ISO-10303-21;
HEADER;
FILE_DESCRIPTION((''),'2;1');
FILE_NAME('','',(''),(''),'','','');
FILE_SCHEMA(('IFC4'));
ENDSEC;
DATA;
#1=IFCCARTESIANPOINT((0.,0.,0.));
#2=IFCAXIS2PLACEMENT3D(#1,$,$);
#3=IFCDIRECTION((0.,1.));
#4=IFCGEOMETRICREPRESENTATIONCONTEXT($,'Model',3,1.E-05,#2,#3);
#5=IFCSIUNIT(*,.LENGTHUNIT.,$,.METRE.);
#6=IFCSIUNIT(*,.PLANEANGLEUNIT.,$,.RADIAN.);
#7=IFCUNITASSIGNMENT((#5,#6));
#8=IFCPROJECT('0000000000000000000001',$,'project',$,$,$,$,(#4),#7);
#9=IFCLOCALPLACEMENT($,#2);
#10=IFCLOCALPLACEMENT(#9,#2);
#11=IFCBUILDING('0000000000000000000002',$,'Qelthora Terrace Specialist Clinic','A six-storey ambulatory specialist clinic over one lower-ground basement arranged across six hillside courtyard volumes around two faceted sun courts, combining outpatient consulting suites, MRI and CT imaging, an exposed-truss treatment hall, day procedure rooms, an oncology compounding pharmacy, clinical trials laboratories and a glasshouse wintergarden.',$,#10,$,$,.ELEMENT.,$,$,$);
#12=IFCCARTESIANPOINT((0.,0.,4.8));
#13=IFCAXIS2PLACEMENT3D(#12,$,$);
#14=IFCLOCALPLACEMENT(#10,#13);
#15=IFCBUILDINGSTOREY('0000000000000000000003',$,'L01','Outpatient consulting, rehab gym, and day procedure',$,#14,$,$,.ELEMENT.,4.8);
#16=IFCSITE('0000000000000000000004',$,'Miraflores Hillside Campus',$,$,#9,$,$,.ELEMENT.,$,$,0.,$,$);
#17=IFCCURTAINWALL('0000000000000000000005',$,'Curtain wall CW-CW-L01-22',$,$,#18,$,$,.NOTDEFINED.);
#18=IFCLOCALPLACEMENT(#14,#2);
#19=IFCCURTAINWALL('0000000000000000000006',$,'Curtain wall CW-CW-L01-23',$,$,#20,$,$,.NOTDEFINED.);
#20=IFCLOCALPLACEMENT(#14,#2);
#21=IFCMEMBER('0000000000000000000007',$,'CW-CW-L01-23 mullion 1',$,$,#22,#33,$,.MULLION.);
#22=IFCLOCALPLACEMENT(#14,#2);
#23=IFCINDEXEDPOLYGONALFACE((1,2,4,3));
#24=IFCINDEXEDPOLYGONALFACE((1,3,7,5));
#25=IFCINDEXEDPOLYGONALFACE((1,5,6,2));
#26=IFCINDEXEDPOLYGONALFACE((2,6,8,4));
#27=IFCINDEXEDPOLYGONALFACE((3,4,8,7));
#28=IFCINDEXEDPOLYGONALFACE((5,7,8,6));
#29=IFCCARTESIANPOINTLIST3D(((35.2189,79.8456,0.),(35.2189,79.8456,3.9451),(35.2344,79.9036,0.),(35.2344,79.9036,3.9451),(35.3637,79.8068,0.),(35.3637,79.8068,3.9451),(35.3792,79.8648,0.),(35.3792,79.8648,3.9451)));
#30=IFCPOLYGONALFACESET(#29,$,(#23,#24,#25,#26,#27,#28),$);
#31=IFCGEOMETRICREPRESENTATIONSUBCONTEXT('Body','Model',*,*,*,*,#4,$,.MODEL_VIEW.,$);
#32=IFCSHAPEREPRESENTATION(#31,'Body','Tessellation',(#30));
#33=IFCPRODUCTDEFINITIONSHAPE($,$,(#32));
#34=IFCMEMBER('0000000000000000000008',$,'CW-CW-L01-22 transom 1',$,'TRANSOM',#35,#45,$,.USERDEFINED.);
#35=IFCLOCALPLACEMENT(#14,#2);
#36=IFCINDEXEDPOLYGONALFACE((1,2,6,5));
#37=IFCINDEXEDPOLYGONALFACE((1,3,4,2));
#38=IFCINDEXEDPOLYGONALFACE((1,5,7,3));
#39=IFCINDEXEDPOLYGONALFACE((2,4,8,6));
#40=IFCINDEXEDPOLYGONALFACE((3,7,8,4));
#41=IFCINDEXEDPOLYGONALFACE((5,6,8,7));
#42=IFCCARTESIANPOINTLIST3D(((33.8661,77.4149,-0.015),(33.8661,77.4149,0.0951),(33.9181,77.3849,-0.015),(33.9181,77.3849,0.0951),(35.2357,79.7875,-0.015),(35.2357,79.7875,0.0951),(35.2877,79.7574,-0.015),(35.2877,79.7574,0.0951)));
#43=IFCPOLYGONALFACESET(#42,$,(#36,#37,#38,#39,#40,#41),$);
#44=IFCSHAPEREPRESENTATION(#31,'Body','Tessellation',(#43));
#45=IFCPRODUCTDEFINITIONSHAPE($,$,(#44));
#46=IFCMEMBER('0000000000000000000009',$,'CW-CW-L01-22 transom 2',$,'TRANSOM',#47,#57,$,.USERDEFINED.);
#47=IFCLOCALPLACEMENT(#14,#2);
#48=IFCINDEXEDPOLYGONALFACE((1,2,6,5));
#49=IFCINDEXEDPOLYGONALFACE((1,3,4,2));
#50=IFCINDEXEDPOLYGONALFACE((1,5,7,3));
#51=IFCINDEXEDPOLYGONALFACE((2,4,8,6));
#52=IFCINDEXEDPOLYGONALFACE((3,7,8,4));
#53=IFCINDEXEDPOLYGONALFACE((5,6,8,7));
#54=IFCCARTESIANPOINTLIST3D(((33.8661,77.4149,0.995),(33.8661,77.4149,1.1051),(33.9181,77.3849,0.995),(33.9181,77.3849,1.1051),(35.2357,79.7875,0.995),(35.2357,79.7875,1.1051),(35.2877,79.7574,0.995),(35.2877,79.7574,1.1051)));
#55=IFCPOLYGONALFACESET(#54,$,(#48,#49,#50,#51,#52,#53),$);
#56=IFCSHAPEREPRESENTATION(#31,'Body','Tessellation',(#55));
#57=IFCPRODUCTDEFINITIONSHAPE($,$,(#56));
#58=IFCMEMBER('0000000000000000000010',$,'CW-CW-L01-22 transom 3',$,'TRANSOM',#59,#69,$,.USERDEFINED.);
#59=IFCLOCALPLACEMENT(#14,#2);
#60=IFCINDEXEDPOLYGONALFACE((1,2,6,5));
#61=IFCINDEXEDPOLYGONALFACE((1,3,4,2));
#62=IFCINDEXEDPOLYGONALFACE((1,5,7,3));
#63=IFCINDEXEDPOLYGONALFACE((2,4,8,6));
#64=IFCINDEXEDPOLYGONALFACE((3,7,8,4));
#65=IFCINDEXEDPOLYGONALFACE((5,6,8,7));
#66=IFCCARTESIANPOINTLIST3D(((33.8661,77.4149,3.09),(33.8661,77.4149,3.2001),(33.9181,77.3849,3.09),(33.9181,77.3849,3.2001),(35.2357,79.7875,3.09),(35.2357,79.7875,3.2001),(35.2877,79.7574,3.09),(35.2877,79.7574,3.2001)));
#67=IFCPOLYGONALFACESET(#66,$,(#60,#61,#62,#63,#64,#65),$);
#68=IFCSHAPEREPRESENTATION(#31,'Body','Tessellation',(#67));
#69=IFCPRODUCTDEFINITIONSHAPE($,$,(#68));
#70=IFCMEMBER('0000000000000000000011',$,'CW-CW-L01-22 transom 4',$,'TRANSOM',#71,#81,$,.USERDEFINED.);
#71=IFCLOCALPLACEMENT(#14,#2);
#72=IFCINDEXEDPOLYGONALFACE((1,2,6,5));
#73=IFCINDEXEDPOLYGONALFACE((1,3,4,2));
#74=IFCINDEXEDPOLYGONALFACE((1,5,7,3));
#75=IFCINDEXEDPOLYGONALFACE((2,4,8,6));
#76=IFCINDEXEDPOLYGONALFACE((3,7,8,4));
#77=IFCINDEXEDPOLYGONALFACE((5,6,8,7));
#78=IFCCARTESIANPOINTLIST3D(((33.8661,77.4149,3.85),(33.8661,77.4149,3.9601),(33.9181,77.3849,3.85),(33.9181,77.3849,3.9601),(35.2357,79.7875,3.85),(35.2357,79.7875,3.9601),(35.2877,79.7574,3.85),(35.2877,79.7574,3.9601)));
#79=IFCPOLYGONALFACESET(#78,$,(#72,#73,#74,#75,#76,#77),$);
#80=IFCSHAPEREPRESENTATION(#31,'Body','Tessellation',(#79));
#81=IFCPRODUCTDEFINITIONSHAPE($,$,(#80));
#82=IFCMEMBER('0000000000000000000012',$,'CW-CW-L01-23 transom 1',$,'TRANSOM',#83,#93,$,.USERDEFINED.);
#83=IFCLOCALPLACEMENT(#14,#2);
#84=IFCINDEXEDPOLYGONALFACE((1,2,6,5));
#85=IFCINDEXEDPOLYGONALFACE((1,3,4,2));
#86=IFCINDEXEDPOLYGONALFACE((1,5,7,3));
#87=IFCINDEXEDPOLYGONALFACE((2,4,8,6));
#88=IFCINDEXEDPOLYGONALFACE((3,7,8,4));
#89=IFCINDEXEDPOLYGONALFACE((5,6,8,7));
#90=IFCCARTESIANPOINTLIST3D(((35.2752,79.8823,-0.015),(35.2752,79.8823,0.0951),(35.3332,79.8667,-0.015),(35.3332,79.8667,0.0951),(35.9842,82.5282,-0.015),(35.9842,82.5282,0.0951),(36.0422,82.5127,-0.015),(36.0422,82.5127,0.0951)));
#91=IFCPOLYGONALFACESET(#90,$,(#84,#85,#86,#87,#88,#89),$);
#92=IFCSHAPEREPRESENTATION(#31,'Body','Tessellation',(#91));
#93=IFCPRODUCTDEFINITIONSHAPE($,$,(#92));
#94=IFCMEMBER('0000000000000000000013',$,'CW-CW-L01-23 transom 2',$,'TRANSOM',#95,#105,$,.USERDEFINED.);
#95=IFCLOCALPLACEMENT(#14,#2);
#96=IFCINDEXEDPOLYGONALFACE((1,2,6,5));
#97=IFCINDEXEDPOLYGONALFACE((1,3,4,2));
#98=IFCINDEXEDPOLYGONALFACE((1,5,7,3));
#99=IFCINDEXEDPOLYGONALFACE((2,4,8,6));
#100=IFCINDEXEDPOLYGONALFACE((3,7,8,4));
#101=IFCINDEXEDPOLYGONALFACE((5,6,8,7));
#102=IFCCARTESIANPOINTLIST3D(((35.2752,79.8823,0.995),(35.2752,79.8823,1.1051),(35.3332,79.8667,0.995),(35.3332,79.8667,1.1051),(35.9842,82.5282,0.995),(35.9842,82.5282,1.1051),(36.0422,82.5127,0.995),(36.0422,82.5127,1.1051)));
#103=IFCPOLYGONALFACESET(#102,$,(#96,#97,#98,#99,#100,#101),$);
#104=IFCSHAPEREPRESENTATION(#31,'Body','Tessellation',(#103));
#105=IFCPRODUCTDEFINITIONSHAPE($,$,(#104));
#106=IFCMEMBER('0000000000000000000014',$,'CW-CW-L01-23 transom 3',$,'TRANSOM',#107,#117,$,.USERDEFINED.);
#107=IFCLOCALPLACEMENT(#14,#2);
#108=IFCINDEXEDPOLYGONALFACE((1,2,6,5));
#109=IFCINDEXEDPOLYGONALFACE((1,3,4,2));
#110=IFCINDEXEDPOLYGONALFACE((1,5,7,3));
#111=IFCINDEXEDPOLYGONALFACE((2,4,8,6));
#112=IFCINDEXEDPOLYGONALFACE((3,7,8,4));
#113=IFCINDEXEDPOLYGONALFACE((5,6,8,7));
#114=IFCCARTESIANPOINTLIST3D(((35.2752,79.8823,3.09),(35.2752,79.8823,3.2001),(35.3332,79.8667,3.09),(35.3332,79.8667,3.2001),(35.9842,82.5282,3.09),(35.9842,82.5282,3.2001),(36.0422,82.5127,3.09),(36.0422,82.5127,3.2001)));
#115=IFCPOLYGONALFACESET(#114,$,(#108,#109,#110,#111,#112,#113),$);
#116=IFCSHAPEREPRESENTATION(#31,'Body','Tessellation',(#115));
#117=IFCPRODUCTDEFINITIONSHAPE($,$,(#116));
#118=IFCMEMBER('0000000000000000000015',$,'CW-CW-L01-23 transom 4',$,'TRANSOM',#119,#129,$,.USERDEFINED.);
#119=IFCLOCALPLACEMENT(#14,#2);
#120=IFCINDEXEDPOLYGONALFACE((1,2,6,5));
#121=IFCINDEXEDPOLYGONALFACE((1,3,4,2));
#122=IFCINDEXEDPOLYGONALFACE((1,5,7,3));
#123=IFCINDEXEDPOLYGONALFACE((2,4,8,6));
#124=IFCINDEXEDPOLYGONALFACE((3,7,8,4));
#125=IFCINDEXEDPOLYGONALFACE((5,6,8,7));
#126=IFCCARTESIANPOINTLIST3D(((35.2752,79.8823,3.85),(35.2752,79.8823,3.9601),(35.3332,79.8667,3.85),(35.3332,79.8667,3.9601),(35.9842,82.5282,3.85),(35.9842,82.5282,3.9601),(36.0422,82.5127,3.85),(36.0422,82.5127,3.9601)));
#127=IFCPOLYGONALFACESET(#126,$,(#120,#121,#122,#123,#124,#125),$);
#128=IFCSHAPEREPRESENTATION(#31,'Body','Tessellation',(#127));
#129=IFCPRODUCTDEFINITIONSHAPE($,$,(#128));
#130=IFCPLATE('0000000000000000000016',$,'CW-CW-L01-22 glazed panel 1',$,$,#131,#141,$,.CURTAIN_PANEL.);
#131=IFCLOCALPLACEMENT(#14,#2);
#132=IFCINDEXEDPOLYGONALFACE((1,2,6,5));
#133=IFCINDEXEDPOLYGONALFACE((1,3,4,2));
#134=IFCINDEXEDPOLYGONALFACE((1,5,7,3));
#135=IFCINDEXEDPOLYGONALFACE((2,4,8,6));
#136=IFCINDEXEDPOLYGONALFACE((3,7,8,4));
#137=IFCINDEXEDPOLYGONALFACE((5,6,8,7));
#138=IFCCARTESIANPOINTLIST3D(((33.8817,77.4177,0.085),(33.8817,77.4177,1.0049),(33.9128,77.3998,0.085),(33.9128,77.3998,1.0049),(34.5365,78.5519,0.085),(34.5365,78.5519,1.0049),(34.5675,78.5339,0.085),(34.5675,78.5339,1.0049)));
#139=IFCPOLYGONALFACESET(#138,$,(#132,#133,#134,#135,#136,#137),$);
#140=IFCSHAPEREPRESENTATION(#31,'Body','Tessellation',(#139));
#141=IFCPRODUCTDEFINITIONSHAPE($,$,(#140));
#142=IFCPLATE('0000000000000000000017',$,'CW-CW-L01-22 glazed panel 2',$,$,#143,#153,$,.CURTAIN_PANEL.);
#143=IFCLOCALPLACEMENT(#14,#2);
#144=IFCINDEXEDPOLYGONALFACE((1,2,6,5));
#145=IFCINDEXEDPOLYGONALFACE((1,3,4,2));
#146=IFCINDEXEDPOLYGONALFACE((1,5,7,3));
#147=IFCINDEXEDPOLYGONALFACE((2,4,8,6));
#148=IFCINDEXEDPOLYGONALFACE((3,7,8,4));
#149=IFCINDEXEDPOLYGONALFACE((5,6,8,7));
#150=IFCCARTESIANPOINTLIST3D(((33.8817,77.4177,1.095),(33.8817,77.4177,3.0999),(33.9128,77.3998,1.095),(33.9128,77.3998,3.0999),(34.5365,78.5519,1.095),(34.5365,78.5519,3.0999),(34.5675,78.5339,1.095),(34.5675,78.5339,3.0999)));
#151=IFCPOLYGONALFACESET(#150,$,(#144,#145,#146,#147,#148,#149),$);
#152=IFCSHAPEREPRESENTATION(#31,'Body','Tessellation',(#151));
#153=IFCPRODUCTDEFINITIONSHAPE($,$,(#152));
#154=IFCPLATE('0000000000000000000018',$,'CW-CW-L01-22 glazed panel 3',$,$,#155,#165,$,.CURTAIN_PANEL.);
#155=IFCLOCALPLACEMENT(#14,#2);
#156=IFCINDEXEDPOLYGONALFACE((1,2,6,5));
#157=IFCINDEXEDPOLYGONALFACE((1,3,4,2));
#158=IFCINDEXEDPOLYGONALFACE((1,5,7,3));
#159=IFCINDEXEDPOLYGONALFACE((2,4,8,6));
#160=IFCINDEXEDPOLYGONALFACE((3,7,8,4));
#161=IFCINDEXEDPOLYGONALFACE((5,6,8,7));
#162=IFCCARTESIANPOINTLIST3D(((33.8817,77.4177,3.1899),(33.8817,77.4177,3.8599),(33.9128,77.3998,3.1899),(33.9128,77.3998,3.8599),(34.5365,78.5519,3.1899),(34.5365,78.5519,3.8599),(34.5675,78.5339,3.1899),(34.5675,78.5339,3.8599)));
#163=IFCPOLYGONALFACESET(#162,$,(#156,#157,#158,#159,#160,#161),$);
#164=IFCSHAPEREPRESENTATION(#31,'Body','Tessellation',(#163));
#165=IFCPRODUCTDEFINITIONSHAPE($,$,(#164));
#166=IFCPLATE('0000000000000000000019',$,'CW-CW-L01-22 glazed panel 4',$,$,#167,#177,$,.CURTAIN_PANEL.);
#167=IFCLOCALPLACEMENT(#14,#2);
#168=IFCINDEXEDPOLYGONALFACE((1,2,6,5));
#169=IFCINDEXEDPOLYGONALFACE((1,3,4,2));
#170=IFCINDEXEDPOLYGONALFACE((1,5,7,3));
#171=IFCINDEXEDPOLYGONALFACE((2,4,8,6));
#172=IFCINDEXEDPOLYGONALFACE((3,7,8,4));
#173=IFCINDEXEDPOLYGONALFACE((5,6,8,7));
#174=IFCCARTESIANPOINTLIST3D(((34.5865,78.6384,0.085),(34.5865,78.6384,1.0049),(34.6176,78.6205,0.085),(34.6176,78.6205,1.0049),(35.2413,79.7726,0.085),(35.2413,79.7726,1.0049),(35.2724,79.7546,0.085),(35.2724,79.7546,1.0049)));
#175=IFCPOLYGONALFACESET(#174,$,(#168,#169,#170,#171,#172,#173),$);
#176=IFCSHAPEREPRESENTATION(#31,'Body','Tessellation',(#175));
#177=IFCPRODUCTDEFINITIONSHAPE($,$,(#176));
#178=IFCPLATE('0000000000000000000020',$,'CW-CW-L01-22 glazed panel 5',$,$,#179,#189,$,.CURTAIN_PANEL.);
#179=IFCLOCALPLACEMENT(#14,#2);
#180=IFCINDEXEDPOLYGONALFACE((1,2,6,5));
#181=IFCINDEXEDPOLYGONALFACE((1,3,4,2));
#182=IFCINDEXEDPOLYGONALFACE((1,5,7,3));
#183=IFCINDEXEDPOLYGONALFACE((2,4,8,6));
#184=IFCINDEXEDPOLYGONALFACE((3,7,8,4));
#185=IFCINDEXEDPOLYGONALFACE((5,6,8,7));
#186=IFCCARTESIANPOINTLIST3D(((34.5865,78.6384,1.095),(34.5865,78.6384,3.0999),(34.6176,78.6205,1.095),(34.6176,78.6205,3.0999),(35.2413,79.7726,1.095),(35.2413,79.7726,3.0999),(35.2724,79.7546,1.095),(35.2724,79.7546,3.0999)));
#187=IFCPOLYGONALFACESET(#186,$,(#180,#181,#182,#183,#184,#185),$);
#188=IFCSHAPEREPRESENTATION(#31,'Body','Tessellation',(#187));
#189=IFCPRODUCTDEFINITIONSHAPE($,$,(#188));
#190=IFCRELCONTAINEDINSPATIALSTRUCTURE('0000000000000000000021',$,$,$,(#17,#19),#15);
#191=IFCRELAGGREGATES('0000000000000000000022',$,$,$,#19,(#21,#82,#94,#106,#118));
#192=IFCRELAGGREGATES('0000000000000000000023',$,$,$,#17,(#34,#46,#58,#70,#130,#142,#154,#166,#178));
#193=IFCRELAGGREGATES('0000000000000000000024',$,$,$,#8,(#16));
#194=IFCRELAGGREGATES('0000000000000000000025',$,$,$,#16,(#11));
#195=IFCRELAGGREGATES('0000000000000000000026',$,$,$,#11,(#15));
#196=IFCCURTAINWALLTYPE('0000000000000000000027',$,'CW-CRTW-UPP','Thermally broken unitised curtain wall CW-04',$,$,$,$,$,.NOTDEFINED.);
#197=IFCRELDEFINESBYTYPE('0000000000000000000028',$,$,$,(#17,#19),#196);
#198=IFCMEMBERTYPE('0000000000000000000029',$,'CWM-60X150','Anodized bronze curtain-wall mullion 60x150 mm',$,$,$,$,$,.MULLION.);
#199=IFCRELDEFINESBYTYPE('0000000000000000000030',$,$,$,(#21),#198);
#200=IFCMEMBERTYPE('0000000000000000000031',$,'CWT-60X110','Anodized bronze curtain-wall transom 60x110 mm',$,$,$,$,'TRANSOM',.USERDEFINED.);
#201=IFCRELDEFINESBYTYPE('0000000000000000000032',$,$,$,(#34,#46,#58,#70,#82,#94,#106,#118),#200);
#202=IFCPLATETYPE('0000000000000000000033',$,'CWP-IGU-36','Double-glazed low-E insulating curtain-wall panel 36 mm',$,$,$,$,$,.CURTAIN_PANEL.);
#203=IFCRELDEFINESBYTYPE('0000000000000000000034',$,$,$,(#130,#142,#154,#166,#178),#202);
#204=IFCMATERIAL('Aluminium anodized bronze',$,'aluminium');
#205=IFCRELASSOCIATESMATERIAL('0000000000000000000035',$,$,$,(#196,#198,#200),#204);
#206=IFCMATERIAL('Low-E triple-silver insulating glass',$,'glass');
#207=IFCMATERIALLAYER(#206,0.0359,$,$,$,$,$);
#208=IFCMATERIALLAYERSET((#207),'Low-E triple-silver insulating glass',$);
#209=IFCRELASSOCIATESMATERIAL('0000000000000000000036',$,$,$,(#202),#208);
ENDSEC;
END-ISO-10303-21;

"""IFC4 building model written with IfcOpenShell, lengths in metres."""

from ifc_helpers import new_model, si_unit, direction, frame, origin, origin_2d, place, context, subcontext, project, spatial, rectangle, extrude, material, layer, layer_set, material_profile, profile_set, type_object, element, aggregate, save


model = new_model("IFC4")

# Units and contexts
model_context = context("Model", 3, precision=1e-05, world=origin(), true_north=direction((0.0, 1.0)))
body_context = subcontext(model_context, "Body", "Model", "MODEL_VIEW")
ifc_project = project(units=[si_unit("LENGTHUNIT", "METRE"), si_unit("PLANEANGLEUNIT", "RADIAN")], contexts=[model_context])

# Site, building, storey
site_placement = place(None, origin())
site = spatial("IfcSite", under=ifc_project, at=site_placement, Name="Miraflores Hillside Campus", CompositionType="ELEMENT", RefElevation=0.0)
building_placement = place(site_placement, origin())
building = spatial("IfcBuilding", under=site, at=building_placement, Name="Qelthora Terrace Specialist Clinic", Description="A six-storey ambulatory specialist clinic over one lower-ground basement arranged across six hillside courtyard volumes around two faceted sun courts, combining outpatient consulting suites, MRI and CT imaging, an exposed-truss treatment hall, day procedure rooms, an oncology compounding pharmacy, clinical trials laboratories and a glasshouse wintergarden.", CompositionType="ELEMENT")
storey_placement = place(building_placement, frame((0.0, 0.0, 4.8)))
storey = spatial("IfcBuildingStorey", under=building, at=storey_placement, Name="L01", Description="Outpatient consulting, rehab gym, and day procedure", CompositionType="ELEMENT", Elevation=4.8)

# Shared definitions
ifc_material_1 = material(Name="Aluminium anodized bronze", Category="aluminium")
curtain_wall_type = type_object("IfcCurtainWallType", Name="CW-CRTW-UPP", Description="Thermally broken unitised curtain wall CW-04", PredefinedType="NOTDEFINED", material=ifc_material_1)
ifc_material_profile_1 = material_profile(ifc_material_1, rectangle(XDim=0.0601, YDim=0.1499, at=origin_2d()), Name="CWM60X150")
ifc_profile_set_1 = profile_set([ifc_material_profile_1], Name="Aluminium anodized bronze")
member_type_1 = type_object("IfcMemberType", Name="CWM-60X150", Description="Anodized bronze curtain-wall mullion 60x150 mm", PredefinedType="MULLION", material=ifc_profile_set_1)

# Curtain wall
curtain_wall_1_placement = place(storey_placement, origin())
curtain_wall_1 = element("IfcCurtainWall", 1, at=curtain_wall_1_placement, inside=storey, type_object=curtain_wall_type, Name="Curtain wall CW-CW-L01-22", PredefinedType="NOTDEFINED")

# Curtain wall, member
curtain_wall_2_placement = place(storey_placement, origin())
curtain_wall_2 = element("IfcCurtainWall", 2, at=curtain_wall_2_placement, inside=storey, type_object=curtain_wall_type, Name="Curtain wall CW-CW-L01-23", PredefinedType="NOTDEFINED")
member_1_placement = place(storey_placement, frame((35.2991, 79.8552, 0.0), z_axis=(0.0, 0.0, 1.0), x_axis=(0.25882, 0.965925, 0.0)))
member_1 = element("IfcMember", 3, at=member_1_placement, type_object=member_type_1, Name="CW-CW-L01-23 mullion 1", PredefinedType="MULLION", context=body_context, shape_type="SweptSolid", body=[
    extrude(rectangle(XDim=0.0601, YDim=0.1499, at=origin_2d()), origin(), (0.0, 0.0, 1.0), 3.9451),
])

# Members
ifc_material_profile_2 = material_profile(ifc_material_1, rectangle(XDim=0.0601, YDim=0.1101, at=origin_2d()), Name="CWT60X110")
ifc_profile_set_2 = profile_set([ifc_material_profile_2], Name="Aluminium anodized bronze")
member_type_2 = type_object("IfcMemberType", Name="CWT-60X110", Description="Anodized bronze curtain-wall transom 60x110 mm", ElementType="TRANSOM", PredefinedType="USERDEFINED", material=ifc_profile_set_2)
member_2_placement = place(storey_placement, frame((33.8921, 77.3999, 0.04), z_axis=(0.499954, 0.866052, 0.0), x_axis=(-0.866052, 0.499954, 0.0)))
member_2 = element("IfcMember", 4, at=member_2_placement, type_object=member_type_2, Name="CW-CW-L01-22 transom 1", ObjectType="TRANSOM", PredefinedType="USERDEFINED", context=body_context, shape_type="SweptSolid", body=[
    extrude(rectangle(XDim=0.0601, YDim=0.1101, at=origin_2d()), origin(), (0.0, 0.0, 1.0), 2.7395),
])
member_3_placement = place(storey_placement, frame((33.8921, 77.3999, 1.05), z_axis=(0.499954, 0.866052, 0.0), x_axis=(-0.866052, 0.499954, 0.0)))
member_3 = element("IfcMember", 5, at=member_3_placement, type_object=member_type_2, Name="CW-CW-L01-22 transom 2", ObjectType="TRANSOM", PredefinedType="USERDEFINED", context=body_context, shape_type="SweptSolid", body=[
    extrude(rectangle(XDim=0.0601, YDim=0.1101, at=origin_2d()), origin(), (0.0, 0.0, 1.0), 2.7395),
])
member_4_placement = place(storey_placement, frame((33.8921, 77.3999, 3.145), z_axis=(0.499954, 0.866052, 0.0), x_axis=(-0.866052, 0.499954, 0.0)))
member_4 = element("IfcMember", 6, at=member_4_placement, type_object=member_type_2, Name="CW-CW-L01-22 transom 3", ObjectType="TRANSOM", PredefinedType="USERDEFINED", context=body_context, shape_type="SweptSolid", body=[
    extrude(rectangle(XDim=0.0601, YDim=0.1101, at=origin_2d()), origin(), (0.0, 0.0, 1.0), 2.7395),
])
member_5_placement = place(storey_placement, frame((33.8921, 77.3999, 3.905), z_axis=(0.499954, 0.866052, 0.0), x_axis=(-0.866052, 0.499954, 0.0)))
member_5 = element("IfcMember", 7, at=member_5_placement, type_object=member_type_2, Name="CW-CW-L01-22 transom 4", ObjectType="TRANSOM", PredefinedType="USERDEFINED", context=body_context, shape_type="SweptSolid", body=[
    extrude(rectangle(XDim=0.0601, YDim=0.1101, at=origin_2d()), origin(), (0.0, 0.0, 1.0), 2.7395),
])
member_6_placement = place(storey_placement, frame((35.3042, 79.8745, 0.04), z_axis=(0.258816, 0.965927, 0.0), x_axis=(-0.965927, 0.258816, 0.0)))
member_6 = element("IfcMember", 8, at=member_6_placement, type_object=member_type_2, Name="CW-CW-L01-23 transom 1", ObjectType="TRANSOM", PredefinedType="USERDEFINED", context=body_context, shape_type="SweptSolid", body=[
    extrude(rectangle(XDim=0.0601, YDim=0.1101, at=origin_2d()), origin(), (0.0, 0.0, 1.0), 2.7393),
])
member_7_placement = place(storey_placement, frame((35.3042, 79.8745, 1.05), z_axis=(0.258816, 0.965927, 0.0), x_axis=(-0.965927, 0.258816, 0.0)))
member_7 = element("IfcMember", 9, at=member_7_placement, type_object=member_type_2, Name="CW-CW-L01-23 transom 2", ObjectType="TRANSOM", PredefinedType="USERDEFINED", context=body_context, shape_type="SweptSolid", body=[
    extrude(rectangle(XDim=0.0601, YDim=0.1101, at=origin_2d()), origin(), (0.0, 0.0, 1.0), 2.7393),
])
member_8_placement = place(storey_placement, frame((35.3042, 79.8745, 3.145), z_axis=(0.258816, 0.965927, 0.0), x_axis=(-0.965927, 0.258816, 0.0)))
member_8 = element("IfcMember", 10, at=member_8_placement, type_object=member_type_2, Name="CW-CW-L01-23 transom 3", ObjectType="TRANSOM", PredefinedType="USERDEFINED", context=body_context, shape_type="SweptSolid", body=[
    extrude(rectangle(XDim=0.0601, YDim=0.1101, at=origin_2d()), origin(), (0.0, 0.0, 1.0), 2.7393),
])
member_9_placement = place(storey_placement, frame((35.3042, 79.8745, 3.905), z_axis=(0.258816, 0.965927, 0.0), x_axis=(-0.965927, 0.258816, 0.0)))
member_9 = element("IfcMember", 11, at=member_9_placement, type_object=member_type_2, Name="CW-CW-L01-23 transom 4", ObjectType="TRANSOM", PredefinedType="USERDEFINED", context=body_context, shape_type="SweptSolid", body=[
    extrude(rectangle(XDim=0.0601, YDim=0.1101, at=origin_2d()), origin(), (0.0, 0.0, 1.0), 2.7393),
])
aggregate(curtain_wall_2, [member_1, member_6, member_7, member_8, member_9])

# Plates
ifc_material_2 = material(Name="Low-E triple-silver insulating glass", Category="glass")
ifc_layer = layer(ifc_material_2, 0.0359)
ifc_layer_set = layer_set([ifc_layer], Name="Low-E triple-silver insulating glass")
plate_type = type_object("IfcPlateType", Name="CWP-IGU-36", Description="Double-glazed low-E insulating curtain-wall panel 36 mm", PredefinedType="CURTAIN_PANEL", material=ifc_layer_set)
plate_1_placement = place(storey_placement, frame((34.2246, 77.9758, 0.085), z_axis=(0.0, 0.0, 1.0), x_axis=(0.5, 0.866025, 0.0)))
plate_1 = element("IfcPlate", 12, at=plate_1_placement, type_object=plate_type, Name="CW-CW-L01-22 glazed panel 1", PredefinedType="CURTAIN_PANEL", context=body_context, shape_type="SweptSolid", body=[
    extrude(rectangle(XDim=1.3096, YDim=0.0359, at=origin_2d()), origin(), (0.0, 0.0, 1.0), 0.9199),
])
plate_2_placement = place(storey_placement, frame((34.2246, 77.9758, 1.095), z_axis=(0.0, 0.0, 1.0), x_axis=(0.5, 0.866025, 0.0)))
plate_2 = element("IfcPlate", 13, at=plate_2_placement, type_object=plate_type, Name="CW-CW-L01-22 glazed panel 2", PredefinedType="CURTAIN_PANEL", context=body_context, shape_type="SweptSolid", body=[
    extrude(rectangle(XDim=1.3096, YDim=0.0359, at=origin_2d()), origin(), (0.0, 0.0, 1.0), 2.0049),
])
plate_3_placement = place(storey_placement, frame((34.2246, 77.9758, 3.1899), z_axis=(0.0, 0.0, 1.0), x_axis=(0.5, 0.866025, 0.0)))
plate_3 = element("IfcPlate", 14, at=plate_3_placement, type_object=plate_type, Name="CW-CW-L01-22 glazed panel 3", PredefinedType="CURTAIN_PANEL", context=body_context, shape_type="SweptSolid", body=[
    extrude(rectangle(XDim=1.3096, YDim=0.0359, at=origin_2d()), origin(), (0.0, 0.0, 1.0), 0.6699),
])
plate_4_placement = place(storey_placement, frame((34.9294, 79.1965, 0.085), z_axis=(0.0, 0.0, 1.0), x_axis=(0.5, 0.866025, 0.0)))
plate_4 = element("IfcPlate", 15, at=plate_4_placement, type_object=plate_type, Name="CW-CW-L01-22 glazed panel 4", PredefinedType="CURTAIN_PANEL", context=body_context, shape_type="SweptSolid", body=[
    extrude(rectangle(XDim=1.3096, YDim=0.0359, at=origin_2d()), origin(), (0.0, 0.0, 1.0), 0.9199),
])
plate_5_placement = place(storey_placement, frame((34.9294, 79.1965, 1.095), z_axis=(0.0, 0.0, 1.0), x_axis=(0.5, 0.866025, 0.0)))
plate_5 = element("IfcPlate", 16, at=plate_5_placement, type_object=plate_type, Name="CW-CW-L01-22 glazed panel 5", PredefinedType="CURTAIN_PANEL", context=body_context, shape_type="SweptSolid", body=[
    extrude(rectangle(XDim=1.3096, YDim=0.0359, at=origin_2d()), origin(), (0.0, 0.0, 1.0), 2.0049),
])
aggregate(curtain_wall_1, [member_2, member_3, member_4, member_5, plate_1, plate_2, plate_3, plate_4, plate_5])

save(model, "model.ifc")
